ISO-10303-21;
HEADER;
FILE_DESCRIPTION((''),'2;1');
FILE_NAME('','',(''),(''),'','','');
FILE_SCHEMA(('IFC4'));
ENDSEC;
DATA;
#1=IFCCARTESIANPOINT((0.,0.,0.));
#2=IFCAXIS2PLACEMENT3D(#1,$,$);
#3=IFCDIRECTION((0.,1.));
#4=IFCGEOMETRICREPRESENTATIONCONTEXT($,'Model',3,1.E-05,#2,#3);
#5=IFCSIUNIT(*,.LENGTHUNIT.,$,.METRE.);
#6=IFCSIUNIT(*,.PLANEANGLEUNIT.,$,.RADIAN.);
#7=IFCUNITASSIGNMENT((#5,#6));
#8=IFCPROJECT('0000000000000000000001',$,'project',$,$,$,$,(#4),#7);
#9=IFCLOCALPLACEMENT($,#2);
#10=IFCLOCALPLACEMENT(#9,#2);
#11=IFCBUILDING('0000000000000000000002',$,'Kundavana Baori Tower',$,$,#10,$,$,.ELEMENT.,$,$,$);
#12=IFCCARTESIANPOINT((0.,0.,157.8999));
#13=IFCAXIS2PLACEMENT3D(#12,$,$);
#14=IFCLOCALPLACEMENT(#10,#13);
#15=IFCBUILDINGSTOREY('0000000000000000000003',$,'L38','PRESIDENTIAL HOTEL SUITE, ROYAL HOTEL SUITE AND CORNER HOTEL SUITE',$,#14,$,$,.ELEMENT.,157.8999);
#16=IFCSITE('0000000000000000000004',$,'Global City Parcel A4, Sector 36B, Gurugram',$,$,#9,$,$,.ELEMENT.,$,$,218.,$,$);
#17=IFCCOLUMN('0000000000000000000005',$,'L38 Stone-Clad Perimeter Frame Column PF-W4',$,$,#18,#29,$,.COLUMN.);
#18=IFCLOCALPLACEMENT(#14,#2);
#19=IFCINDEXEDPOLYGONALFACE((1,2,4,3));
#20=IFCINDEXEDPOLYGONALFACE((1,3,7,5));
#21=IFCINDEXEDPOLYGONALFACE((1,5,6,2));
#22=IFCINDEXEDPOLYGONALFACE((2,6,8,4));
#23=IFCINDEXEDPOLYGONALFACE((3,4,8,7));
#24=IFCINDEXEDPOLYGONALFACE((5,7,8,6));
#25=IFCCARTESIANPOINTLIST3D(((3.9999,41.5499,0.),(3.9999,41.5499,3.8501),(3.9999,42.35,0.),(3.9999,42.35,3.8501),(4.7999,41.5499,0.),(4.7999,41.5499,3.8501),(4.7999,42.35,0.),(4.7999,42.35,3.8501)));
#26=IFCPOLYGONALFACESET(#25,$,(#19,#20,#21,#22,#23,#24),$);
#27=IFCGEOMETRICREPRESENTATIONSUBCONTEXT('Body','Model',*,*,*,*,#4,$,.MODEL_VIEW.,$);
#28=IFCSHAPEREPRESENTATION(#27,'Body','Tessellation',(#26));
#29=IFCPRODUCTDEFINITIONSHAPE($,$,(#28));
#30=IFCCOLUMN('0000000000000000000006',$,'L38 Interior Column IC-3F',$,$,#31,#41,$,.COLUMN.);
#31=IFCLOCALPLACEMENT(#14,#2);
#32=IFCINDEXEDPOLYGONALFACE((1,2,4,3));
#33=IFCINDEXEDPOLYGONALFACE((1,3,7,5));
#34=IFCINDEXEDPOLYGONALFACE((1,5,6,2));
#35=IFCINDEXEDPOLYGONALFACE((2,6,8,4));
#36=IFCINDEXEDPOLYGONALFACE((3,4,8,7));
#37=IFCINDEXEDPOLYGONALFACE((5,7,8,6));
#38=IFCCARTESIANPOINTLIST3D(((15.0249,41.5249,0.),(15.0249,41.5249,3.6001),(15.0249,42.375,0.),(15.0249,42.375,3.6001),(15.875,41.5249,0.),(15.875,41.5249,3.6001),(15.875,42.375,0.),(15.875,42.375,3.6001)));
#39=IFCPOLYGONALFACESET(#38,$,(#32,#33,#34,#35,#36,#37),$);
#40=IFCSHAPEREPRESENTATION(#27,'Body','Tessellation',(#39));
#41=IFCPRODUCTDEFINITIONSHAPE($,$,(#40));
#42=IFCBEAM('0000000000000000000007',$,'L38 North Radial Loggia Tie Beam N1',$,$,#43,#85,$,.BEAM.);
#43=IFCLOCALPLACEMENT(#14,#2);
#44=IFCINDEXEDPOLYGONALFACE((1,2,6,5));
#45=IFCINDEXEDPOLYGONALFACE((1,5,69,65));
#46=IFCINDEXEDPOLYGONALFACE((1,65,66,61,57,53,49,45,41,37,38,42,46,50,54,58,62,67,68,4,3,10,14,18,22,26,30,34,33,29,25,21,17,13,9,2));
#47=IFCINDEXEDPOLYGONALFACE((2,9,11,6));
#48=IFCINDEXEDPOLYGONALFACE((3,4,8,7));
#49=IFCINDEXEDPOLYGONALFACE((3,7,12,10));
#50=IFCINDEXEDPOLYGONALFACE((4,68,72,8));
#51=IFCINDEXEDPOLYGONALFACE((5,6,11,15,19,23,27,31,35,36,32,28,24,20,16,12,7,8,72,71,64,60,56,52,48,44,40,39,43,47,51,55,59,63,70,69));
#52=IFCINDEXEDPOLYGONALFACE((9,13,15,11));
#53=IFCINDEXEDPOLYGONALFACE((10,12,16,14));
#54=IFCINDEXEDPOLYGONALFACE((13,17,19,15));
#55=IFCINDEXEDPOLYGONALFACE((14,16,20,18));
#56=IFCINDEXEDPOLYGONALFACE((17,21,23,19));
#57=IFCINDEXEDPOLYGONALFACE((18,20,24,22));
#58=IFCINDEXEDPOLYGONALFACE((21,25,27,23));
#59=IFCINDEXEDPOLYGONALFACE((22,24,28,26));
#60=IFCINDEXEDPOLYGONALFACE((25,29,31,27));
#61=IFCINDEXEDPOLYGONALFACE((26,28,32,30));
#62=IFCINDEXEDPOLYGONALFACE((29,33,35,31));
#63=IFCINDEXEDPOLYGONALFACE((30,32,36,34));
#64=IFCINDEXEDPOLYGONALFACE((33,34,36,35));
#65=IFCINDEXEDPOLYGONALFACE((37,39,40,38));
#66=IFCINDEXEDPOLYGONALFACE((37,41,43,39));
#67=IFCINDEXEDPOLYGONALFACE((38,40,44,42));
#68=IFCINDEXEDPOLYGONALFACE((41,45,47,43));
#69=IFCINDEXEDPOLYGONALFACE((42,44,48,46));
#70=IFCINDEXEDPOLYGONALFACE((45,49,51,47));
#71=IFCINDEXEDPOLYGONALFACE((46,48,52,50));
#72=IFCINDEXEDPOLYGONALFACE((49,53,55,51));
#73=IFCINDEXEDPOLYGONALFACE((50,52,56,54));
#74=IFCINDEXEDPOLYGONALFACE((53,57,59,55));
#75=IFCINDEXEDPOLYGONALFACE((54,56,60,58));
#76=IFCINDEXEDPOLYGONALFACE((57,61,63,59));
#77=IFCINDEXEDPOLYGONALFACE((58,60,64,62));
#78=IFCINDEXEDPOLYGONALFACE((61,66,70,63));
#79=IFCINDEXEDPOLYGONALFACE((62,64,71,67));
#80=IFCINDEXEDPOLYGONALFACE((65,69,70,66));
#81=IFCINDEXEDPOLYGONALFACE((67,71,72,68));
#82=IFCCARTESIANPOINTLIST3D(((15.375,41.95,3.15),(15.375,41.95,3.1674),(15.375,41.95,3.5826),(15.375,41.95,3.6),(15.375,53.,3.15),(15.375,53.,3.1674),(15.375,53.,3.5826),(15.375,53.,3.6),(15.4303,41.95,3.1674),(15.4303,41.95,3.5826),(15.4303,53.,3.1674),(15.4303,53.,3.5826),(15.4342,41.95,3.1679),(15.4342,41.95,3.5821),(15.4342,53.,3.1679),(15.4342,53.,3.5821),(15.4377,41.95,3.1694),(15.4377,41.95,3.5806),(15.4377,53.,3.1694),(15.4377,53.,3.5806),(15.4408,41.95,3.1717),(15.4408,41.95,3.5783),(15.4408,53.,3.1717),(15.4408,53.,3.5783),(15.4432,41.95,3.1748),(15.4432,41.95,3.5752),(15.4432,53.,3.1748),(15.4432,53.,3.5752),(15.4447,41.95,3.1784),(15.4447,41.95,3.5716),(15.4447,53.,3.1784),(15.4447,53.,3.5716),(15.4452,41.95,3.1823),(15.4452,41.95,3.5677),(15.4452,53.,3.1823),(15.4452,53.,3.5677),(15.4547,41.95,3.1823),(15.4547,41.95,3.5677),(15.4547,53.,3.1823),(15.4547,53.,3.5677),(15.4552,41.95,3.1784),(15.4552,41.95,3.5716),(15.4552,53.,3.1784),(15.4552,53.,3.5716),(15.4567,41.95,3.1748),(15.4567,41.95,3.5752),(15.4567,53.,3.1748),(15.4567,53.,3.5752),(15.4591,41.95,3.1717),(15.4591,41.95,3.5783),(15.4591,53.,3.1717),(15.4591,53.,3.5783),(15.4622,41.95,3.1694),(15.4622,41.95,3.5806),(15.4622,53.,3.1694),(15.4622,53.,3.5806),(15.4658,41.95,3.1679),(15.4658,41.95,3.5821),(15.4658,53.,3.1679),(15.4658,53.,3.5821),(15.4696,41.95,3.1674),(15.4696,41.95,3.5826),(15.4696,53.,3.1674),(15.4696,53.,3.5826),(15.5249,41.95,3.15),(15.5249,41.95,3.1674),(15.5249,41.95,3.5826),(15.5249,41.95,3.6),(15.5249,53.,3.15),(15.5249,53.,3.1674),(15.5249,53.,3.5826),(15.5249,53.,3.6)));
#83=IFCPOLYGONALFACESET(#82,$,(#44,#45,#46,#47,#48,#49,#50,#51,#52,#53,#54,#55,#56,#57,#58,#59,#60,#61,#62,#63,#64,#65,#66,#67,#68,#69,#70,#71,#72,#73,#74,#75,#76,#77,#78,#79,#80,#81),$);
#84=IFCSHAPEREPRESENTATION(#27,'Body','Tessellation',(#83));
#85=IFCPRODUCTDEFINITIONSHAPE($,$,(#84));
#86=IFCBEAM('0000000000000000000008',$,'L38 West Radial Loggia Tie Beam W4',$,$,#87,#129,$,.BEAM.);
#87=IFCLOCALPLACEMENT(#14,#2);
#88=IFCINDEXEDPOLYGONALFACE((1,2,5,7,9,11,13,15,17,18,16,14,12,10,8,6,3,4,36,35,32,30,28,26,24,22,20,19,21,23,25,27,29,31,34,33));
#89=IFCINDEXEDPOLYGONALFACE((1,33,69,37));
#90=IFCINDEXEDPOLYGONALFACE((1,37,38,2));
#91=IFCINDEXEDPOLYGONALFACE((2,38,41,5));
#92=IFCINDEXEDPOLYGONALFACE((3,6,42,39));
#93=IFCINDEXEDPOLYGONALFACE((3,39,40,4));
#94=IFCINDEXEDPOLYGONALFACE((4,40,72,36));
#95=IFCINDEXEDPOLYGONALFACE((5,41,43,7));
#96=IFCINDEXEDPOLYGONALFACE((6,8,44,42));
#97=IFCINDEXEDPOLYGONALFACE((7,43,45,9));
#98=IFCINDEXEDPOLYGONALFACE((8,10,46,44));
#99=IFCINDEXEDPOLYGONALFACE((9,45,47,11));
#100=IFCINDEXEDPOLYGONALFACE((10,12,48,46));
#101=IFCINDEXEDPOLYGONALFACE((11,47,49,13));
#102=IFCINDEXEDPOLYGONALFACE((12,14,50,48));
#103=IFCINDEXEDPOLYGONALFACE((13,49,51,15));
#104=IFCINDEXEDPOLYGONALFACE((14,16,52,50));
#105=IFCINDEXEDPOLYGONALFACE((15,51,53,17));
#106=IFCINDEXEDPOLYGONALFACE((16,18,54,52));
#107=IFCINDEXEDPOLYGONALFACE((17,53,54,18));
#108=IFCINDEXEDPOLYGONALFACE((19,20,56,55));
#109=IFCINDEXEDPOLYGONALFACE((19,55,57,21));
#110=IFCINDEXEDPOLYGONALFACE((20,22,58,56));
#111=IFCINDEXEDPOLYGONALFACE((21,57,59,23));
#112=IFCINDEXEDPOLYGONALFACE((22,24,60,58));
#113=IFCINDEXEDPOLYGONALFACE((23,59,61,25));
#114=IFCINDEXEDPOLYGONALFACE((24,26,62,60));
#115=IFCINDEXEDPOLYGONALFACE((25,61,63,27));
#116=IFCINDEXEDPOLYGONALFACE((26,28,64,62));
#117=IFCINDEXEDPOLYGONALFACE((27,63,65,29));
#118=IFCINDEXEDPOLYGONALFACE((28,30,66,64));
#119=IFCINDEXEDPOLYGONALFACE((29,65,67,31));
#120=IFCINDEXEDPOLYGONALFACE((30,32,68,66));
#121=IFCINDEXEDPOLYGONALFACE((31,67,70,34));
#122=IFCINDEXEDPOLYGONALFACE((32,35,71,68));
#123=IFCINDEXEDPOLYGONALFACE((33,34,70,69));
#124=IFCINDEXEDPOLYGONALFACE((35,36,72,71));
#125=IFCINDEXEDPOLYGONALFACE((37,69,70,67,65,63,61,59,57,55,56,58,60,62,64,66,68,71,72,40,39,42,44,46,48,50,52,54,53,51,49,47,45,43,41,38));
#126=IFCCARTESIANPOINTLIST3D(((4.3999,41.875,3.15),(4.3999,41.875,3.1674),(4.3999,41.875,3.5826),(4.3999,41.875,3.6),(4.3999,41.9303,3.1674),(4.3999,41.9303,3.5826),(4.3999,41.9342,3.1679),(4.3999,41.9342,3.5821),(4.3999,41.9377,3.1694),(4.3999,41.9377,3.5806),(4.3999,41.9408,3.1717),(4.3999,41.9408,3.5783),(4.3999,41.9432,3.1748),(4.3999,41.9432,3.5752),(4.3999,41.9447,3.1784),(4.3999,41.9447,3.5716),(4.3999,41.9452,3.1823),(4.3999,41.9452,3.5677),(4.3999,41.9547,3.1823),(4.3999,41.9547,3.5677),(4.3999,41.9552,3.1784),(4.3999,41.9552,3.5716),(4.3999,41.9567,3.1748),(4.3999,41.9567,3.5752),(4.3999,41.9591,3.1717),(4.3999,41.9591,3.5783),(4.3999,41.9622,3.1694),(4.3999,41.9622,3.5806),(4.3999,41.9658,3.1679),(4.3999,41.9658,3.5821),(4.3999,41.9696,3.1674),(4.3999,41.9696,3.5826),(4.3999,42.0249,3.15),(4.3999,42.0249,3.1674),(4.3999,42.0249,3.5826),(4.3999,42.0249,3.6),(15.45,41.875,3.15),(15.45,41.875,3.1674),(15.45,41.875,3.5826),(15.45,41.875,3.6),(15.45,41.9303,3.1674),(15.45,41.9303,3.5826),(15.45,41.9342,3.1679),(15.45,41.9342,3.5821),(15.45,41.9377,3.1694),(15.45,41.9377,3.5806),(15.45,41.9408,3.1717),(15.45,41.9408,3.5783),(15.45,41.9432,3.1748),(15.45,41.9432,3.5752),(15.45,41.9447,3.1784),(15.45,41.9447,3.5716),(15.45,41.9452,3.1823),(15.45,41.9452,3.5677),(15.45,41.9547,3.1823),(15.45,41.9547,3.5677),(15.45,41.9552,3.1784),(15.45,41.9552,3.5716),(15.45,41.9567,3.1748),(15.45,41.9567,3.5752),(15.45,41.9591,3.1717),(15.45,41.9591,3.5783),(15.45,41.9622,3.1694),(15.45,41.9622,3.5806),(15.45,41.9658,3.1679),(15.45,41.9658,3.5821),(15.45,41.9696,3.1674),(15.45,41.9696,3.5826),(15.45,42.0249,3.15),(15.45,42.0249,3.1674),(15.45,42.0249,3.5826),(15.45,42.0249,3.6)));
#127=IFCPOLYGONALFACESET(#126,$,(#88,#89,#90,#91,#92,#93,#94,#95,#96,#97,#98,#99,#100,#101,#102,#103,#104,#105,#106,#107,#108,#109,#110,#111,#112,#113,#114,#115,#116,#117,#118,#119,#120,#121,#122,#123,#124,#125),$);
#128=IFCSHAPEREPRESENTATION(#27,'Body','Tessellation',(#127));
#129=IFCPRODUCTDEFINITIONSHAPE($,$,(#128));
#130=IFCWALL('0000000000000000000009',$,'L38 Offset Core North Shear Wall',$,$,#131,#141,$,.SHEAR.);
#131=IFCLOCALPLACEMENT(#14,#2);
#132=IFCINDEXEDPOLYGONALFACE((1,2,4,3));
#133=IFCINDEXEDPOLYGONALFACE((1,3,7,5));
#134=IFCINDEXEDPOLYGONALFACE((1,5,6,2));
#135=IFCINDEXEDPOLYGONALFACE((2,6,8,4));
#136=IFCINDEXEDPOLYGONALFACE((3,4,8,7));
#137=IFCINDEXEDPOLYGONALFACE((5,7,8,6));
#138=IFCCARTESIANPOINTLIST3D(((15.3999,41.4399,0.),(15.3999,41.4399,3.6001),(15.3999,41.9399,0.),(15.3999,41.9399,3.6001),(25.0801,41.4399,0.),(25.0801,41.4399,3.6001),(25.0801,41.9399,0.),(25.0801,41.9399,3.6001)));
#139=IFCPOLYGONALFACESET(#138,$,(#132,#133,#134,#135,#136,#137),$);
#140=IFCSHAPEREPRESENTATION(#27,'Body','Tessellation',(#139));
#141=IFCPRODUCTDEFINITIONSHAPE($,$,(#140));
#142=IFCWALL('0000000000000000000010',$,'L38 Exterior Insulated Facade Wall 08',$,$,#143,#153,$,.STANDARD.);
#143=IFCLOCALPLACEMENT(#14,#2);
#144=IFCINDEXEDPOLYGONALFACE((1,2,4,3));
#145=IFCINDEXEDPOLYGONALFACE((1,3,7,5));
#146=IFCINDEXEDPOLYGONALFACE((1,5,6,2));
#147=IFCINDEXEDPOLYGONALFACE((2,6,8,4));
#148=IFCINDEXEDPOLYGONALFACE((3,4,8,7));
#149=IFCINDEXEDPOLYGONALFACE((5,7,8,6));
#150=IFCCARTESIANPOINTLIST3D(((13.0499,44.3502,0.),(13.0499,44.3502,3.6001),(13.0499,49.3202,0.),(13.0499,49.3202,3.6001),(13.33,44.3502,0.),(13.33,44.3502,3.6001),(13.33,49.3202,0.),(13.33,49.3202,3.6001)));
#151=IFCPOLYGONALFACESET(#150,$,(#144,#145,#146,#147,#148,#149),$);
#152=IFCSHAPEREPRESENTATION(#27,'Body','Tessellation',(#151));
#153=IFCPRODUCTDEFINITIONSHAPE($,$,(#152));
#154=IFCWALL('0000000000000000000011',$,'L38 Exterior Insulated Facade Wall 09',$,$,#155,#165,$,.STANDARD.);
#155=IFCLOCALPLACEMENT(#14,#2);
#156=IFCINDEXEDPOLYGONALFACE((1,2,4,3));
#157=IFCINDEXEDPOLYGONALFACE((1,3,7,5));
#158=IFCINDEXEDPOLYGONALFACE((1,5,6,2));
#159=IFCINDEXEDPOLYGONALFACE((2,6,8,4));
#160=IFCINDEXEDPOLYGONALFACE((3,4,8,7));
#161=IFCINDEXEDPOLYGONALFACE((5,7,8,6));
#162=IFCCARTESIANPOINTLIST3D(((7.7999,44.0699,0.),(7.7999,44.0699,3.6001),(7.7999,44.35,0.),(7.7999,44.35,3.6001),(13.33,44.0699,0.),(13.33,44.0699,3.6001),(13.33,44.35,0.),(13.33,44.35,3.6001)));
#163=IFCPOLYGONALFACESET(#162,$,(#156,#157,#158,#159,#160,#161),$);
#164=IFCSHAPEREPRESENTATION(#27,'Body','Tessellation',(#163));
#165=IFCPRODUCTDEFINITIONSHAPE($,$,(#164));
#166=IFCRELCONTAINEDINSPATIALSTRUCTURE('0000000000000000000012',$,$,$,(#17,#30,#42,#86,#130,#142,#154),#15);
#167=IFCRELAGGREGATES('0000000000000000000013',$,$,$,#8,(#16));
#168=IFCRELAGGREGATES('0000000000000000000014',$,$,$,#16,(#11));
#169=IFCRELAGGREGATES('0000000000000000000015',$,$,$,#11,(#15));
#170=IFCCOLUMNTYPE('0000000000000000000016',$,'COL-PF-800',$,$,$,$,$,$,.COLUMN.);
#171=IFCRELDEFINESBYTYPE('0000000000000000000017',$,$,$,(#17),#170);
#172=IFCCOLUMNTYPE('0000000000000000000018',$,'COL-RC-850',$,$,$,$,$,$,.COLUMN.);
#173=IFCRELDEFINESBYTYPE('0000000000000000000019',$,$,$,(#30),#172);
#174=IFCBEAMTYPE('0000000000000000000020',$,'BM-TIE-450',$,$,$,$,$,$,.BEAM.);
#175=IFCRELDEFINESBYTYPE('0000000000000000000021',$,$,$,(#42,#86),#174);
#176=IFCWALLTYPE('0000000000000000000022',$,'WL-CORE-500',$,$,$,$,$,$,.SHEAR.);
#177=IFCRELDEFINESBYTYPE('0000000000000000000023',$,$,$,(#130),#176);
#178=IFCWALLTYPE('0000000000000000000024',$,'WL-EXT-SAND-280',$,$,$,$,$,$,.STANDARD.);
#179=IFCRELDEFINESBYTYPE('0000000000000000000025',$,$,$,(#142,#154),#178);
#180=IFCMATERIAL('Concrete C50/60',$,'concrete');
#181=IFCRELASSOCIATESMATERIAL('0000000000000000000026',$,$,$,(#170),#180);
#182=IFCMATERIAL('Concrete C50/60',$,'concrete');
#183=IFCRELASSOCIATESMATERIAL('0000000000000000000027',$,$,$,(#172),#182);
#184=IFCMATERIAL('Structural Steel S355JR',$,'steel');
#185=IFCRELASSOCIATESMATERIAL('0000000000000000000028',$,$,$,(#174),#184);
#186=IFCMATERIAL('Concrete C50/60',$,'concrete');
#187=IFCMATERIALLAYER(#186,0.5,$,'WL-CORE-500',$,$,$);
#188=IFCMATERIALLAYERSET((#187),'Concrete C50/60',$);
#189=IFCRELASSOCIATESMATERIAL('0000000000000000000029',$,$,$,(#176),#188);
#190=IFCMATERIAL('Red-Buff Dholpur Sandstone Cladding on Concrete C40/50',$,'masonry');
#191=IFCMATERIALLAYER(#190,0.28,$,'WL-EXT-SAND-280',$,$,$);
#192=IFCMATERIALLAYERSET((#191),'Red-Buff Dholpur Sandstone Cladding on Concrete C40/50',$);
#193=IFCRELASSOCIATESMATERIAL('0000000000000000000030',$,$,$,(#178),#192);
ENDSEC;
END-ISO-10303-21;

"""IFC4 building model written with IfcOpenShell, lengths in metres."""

from ifc_helpers import new_model, si_unit, direction, frame, frame_2d, origin, origin_2d, place, context, subcontext, project, spatial, rectangle, i_section, extrude, material, layer, layer_set, material_profile, profile_set, type_object, element, save


model = new_model("IFC4")

# Units and contexts
model_context = context("Model", 3, precision=1e-05, world=origin(), true_north=direction((0.0, 1.0)))
body_context = subcontext(model_context, "Body", "Model", "MODEL_VIEW")
ifc_project = project(units=[si_unit("LENGTHUNIT", "METRE"), si_unit("PLANEANGLEUNIT", "RADIAN")], contexts=[model_context])

# Site, building, storey
site_placement = place(None, origin())
site = spatial("IfcSite", under=ifc_project, at=site_placement, Name="Global City Parcel A4, Sector 36B, Gurugram", CompositionType="ELEMENT", RefElevation=218.0)
building_placement = place(site_placement, origin())
building = spatial("IfcBuilding", under=site, at=building_placement, Name="Kundavana Baori Tower", CompositionType="ELEMENT")
storey_placement = place(building_placement, frame((0.0, 0.0, 157.8999)))
storey = spatial("IfcBuildingStorey", under=building, at=storey_placement, Name="L38", Description="PRESIDENTIAL HOTEL SUITE, ROYAL HOTEL SUITE AND CORNER HOTEL SUITE", CompositionType="ELEMENT", Elevation=157.8999)

# Columns
ifc_material_1 = material(Name="Concrete C50/60", Category="concrete")
ifc_material_profile_1 = material_profile(ifc_material_1, rectangle(XDim=0.8, YDim=0.8, at=origin_2d()), Name="RC PF 800x800")
ifc_profile_set_1 = profile_set([ifc_material_profile_1], Name="Concrete C50/60")
column_type_1 = type_object("IfcColumnType", Name="COL-PF-800", PredefinedType="COLUMN", material=ifc_profile_set_1)
column_1_placement = place(storey_placement, frame((4.3999, 41.95, 0.0), z_axis=(0.0, 0.0, 1.0), x_axis=(1.0, 0.0, 0.0)))
element("IfcColumn", 1, at=column_1_placement, inside=storey, type_object=column_type_1, Name="L38 Stone-Clad Perimeter Frame Column PF-W4", PredefinedType="COLUMN", context=body_context, shape_type="SweptSolid", body=[
    extrude(rectangle(XDim=0.8, YDim=0.8, at=origin_2d()), origin(), (0.0, 0.0, 1.0), 3.8501),
])
ifc_material_2 = material(Name="Concrete C50/60", Category="concrete")
ifc_material_profile_2 = material_profile(ifc_material_2, rectangle(XDim=0.8501, YDim=0.8501, at=origin_2d()), Name="RC 850x850")
ifc_profile_set_2 = profile_set([ifc_material_profile_2], Name="Concrete C50/60")
column_type_2 = type_object("IfcColumnType", Name="COL-RC-850", PredefinedType="COLUMN", material=ifc_profile_set_2)
column_2_placement = place(storey_placement, frame((15.45, 41.95, 0.0), z_axis=(0.0, 0.0, 1.0), x_axis=(1.0, 0.0, 0.0)))
element("IfcColumn", 2, at=column_2_placement, inside=storey, type_object=column_type_2, Name="L38 Interior Column IC-3F", PredefinedType="COLUMN", context=body_context, shape_type="SweptSolid", body=[
    extrude(rectangle(XDim=0.8501, YDim=0.8501, at=origin_2d()), origin(), (0.0, 0.0, 1.0), 3.6001),
])

# Beams
ifc_material_3 = material(Name="Structural Steel S355JR", Category="steel")
ifc_material_profile_3 = material_profile(ifc_material_3, i_section(OverallWidth=0.1499, OverallDepth=0.45, WebThickness=0.0095, FlangeThickness=0.0173, FilletRadius=0.0149, at=origin_2d()), Name="ISMB 450")
ifc_profile_set_3 = profile_set([ifc_material_profile_3], Name="Structural Steel S355JR")
beam_type = type_object("IfcBeamType", Name="BM-TIE-450", PredefinedType="BEAM", material=ifc_profile_set_3)
for number, where, z_axis, x_axis, name in (
    (3, (15.45, 41.95, 3.375), (0.0, 1.0, 0.0), (-1.0, 0.0, 0.0), "L38 North Radial Loggia Tie Beam N1"),
    (4, (15.45, 41.95, 3.375), (-1.0, 0.0, 0.0), (0.0, -1.0, 0.0), "L38 West Radial Loggia Tie Beam W4"),
):
    element("IfcBeam", number, at=place(storey_placement, frame(where, z_axis=z_axis, x_axis=x_axis)), inside=storey, type_object=beam_type, Name=name, PredefinedType="BEAM", context=body_context, shape_type="SweptSolid", body=[
        extrude(i_section(OverallWidth=0.1499, OverallDepth=0.45, WebThickness=0.0095, FlangeThickness=0.0173, FilletRadius=0.0149, at=origin_2d()), origin(), (0.0, 0.0, 1.0), 11.05),
    ])

# Walls
ifc_material_4 = material(Name="Concrete C50/60", Category="concrete")
ifc_layer_1 = layer(ifc_material_4, 0.5, Name="WL-CORE-500")
ifc_layer_set_1 = layer_set([ifc_layer_1], Name="Concrete C50/60")
wall_type_1 = type_object("IfcWallType", Name="WL-CORE-500", PredefinedType="SHEAR", material=ifc_layer_set_1)
wall_1_placement = place(storey_placement, frame((15.3999, 41.6899, 0.0), z_axis=(0.0, 0.0, 1.0), x_axis=(1.0, 0.0, 0.0)))
element("IfcWall", 5, at=wall_1_placement, inside=storey, type_object=wall_type_1, Name="L38 Offset Core North Shear Wall", PredefinedType="SHEAR", context=body_context, shape_type="SweptSolid", body=[
    extrude(rectangle(XDim=9.6802, YDim=0.5, at=frame_2d((4.8401, 0.0))), origin(), (0.0, 0.0, 1.0), 3.6001),
])
ifc_material_5 = material(Name="Red-Buff Dholpur Sandstone Cladding on Concrete C40/50", Category="masonry")
ifc_layer_2 = layer(ifc_material_5, 0.28, Name="WL-EXT-SAND-280")
ifc_layer_set_2 = layer_set([ifc_layer_2], Name="Red-Buff Dholpur Sandstone Cladding on Concrete C40/50")
wall_type_2 = type_object("IfcWallType", Name="WL-EXT-SAND-280", PredefinedType="STANDARD", material=ifc_layer_set_2)
wall_2_placement = place(storey_placement, frame((13.1899, 49.3201, 0.0), z_axis=(0.0, 0.0, 1.0), x_axis=(0.0, -1.0, 0.0)))
element("IfcWall", 6, at=wall_2_placement, inside=storey, type_object=wall_type_2, Name="L38 Exterior Insulated Facade Wall 08", PredefinedType="STANDARD", context=body_context, shape_type="SweptSolid", body=[
    extrude(rectangle(XDim=4.97, YDim=0.28, at=frame_2d((2.4849, 0.0))), origin(), (0.0, 0.0, 1.0), 3.6001),
])
wall_3_placement = place(storey_placement, frame((13.3301, 44.21, 0.0), z_axis=(0.0, 0.0, 1.0), x_axis=(-1.0, 0.0, 0.0)))
element("IfcWall", 7, at=wall_3_placement, inside=storey, type_object=wall_type_2, Name="L38 Exterior Insulated Facade Wall 09", PredefinedType="STANDARD", context=body_context, shape_type="SweptSolid", body=[
    extrude(rectangle(XDim=5.53, YDim=0.28, at=frame_2d((2.7651, 0.0))), origin(), (0.0, 0.0, 1.0), 3.6001),
])

save(model, "model.ifc")
